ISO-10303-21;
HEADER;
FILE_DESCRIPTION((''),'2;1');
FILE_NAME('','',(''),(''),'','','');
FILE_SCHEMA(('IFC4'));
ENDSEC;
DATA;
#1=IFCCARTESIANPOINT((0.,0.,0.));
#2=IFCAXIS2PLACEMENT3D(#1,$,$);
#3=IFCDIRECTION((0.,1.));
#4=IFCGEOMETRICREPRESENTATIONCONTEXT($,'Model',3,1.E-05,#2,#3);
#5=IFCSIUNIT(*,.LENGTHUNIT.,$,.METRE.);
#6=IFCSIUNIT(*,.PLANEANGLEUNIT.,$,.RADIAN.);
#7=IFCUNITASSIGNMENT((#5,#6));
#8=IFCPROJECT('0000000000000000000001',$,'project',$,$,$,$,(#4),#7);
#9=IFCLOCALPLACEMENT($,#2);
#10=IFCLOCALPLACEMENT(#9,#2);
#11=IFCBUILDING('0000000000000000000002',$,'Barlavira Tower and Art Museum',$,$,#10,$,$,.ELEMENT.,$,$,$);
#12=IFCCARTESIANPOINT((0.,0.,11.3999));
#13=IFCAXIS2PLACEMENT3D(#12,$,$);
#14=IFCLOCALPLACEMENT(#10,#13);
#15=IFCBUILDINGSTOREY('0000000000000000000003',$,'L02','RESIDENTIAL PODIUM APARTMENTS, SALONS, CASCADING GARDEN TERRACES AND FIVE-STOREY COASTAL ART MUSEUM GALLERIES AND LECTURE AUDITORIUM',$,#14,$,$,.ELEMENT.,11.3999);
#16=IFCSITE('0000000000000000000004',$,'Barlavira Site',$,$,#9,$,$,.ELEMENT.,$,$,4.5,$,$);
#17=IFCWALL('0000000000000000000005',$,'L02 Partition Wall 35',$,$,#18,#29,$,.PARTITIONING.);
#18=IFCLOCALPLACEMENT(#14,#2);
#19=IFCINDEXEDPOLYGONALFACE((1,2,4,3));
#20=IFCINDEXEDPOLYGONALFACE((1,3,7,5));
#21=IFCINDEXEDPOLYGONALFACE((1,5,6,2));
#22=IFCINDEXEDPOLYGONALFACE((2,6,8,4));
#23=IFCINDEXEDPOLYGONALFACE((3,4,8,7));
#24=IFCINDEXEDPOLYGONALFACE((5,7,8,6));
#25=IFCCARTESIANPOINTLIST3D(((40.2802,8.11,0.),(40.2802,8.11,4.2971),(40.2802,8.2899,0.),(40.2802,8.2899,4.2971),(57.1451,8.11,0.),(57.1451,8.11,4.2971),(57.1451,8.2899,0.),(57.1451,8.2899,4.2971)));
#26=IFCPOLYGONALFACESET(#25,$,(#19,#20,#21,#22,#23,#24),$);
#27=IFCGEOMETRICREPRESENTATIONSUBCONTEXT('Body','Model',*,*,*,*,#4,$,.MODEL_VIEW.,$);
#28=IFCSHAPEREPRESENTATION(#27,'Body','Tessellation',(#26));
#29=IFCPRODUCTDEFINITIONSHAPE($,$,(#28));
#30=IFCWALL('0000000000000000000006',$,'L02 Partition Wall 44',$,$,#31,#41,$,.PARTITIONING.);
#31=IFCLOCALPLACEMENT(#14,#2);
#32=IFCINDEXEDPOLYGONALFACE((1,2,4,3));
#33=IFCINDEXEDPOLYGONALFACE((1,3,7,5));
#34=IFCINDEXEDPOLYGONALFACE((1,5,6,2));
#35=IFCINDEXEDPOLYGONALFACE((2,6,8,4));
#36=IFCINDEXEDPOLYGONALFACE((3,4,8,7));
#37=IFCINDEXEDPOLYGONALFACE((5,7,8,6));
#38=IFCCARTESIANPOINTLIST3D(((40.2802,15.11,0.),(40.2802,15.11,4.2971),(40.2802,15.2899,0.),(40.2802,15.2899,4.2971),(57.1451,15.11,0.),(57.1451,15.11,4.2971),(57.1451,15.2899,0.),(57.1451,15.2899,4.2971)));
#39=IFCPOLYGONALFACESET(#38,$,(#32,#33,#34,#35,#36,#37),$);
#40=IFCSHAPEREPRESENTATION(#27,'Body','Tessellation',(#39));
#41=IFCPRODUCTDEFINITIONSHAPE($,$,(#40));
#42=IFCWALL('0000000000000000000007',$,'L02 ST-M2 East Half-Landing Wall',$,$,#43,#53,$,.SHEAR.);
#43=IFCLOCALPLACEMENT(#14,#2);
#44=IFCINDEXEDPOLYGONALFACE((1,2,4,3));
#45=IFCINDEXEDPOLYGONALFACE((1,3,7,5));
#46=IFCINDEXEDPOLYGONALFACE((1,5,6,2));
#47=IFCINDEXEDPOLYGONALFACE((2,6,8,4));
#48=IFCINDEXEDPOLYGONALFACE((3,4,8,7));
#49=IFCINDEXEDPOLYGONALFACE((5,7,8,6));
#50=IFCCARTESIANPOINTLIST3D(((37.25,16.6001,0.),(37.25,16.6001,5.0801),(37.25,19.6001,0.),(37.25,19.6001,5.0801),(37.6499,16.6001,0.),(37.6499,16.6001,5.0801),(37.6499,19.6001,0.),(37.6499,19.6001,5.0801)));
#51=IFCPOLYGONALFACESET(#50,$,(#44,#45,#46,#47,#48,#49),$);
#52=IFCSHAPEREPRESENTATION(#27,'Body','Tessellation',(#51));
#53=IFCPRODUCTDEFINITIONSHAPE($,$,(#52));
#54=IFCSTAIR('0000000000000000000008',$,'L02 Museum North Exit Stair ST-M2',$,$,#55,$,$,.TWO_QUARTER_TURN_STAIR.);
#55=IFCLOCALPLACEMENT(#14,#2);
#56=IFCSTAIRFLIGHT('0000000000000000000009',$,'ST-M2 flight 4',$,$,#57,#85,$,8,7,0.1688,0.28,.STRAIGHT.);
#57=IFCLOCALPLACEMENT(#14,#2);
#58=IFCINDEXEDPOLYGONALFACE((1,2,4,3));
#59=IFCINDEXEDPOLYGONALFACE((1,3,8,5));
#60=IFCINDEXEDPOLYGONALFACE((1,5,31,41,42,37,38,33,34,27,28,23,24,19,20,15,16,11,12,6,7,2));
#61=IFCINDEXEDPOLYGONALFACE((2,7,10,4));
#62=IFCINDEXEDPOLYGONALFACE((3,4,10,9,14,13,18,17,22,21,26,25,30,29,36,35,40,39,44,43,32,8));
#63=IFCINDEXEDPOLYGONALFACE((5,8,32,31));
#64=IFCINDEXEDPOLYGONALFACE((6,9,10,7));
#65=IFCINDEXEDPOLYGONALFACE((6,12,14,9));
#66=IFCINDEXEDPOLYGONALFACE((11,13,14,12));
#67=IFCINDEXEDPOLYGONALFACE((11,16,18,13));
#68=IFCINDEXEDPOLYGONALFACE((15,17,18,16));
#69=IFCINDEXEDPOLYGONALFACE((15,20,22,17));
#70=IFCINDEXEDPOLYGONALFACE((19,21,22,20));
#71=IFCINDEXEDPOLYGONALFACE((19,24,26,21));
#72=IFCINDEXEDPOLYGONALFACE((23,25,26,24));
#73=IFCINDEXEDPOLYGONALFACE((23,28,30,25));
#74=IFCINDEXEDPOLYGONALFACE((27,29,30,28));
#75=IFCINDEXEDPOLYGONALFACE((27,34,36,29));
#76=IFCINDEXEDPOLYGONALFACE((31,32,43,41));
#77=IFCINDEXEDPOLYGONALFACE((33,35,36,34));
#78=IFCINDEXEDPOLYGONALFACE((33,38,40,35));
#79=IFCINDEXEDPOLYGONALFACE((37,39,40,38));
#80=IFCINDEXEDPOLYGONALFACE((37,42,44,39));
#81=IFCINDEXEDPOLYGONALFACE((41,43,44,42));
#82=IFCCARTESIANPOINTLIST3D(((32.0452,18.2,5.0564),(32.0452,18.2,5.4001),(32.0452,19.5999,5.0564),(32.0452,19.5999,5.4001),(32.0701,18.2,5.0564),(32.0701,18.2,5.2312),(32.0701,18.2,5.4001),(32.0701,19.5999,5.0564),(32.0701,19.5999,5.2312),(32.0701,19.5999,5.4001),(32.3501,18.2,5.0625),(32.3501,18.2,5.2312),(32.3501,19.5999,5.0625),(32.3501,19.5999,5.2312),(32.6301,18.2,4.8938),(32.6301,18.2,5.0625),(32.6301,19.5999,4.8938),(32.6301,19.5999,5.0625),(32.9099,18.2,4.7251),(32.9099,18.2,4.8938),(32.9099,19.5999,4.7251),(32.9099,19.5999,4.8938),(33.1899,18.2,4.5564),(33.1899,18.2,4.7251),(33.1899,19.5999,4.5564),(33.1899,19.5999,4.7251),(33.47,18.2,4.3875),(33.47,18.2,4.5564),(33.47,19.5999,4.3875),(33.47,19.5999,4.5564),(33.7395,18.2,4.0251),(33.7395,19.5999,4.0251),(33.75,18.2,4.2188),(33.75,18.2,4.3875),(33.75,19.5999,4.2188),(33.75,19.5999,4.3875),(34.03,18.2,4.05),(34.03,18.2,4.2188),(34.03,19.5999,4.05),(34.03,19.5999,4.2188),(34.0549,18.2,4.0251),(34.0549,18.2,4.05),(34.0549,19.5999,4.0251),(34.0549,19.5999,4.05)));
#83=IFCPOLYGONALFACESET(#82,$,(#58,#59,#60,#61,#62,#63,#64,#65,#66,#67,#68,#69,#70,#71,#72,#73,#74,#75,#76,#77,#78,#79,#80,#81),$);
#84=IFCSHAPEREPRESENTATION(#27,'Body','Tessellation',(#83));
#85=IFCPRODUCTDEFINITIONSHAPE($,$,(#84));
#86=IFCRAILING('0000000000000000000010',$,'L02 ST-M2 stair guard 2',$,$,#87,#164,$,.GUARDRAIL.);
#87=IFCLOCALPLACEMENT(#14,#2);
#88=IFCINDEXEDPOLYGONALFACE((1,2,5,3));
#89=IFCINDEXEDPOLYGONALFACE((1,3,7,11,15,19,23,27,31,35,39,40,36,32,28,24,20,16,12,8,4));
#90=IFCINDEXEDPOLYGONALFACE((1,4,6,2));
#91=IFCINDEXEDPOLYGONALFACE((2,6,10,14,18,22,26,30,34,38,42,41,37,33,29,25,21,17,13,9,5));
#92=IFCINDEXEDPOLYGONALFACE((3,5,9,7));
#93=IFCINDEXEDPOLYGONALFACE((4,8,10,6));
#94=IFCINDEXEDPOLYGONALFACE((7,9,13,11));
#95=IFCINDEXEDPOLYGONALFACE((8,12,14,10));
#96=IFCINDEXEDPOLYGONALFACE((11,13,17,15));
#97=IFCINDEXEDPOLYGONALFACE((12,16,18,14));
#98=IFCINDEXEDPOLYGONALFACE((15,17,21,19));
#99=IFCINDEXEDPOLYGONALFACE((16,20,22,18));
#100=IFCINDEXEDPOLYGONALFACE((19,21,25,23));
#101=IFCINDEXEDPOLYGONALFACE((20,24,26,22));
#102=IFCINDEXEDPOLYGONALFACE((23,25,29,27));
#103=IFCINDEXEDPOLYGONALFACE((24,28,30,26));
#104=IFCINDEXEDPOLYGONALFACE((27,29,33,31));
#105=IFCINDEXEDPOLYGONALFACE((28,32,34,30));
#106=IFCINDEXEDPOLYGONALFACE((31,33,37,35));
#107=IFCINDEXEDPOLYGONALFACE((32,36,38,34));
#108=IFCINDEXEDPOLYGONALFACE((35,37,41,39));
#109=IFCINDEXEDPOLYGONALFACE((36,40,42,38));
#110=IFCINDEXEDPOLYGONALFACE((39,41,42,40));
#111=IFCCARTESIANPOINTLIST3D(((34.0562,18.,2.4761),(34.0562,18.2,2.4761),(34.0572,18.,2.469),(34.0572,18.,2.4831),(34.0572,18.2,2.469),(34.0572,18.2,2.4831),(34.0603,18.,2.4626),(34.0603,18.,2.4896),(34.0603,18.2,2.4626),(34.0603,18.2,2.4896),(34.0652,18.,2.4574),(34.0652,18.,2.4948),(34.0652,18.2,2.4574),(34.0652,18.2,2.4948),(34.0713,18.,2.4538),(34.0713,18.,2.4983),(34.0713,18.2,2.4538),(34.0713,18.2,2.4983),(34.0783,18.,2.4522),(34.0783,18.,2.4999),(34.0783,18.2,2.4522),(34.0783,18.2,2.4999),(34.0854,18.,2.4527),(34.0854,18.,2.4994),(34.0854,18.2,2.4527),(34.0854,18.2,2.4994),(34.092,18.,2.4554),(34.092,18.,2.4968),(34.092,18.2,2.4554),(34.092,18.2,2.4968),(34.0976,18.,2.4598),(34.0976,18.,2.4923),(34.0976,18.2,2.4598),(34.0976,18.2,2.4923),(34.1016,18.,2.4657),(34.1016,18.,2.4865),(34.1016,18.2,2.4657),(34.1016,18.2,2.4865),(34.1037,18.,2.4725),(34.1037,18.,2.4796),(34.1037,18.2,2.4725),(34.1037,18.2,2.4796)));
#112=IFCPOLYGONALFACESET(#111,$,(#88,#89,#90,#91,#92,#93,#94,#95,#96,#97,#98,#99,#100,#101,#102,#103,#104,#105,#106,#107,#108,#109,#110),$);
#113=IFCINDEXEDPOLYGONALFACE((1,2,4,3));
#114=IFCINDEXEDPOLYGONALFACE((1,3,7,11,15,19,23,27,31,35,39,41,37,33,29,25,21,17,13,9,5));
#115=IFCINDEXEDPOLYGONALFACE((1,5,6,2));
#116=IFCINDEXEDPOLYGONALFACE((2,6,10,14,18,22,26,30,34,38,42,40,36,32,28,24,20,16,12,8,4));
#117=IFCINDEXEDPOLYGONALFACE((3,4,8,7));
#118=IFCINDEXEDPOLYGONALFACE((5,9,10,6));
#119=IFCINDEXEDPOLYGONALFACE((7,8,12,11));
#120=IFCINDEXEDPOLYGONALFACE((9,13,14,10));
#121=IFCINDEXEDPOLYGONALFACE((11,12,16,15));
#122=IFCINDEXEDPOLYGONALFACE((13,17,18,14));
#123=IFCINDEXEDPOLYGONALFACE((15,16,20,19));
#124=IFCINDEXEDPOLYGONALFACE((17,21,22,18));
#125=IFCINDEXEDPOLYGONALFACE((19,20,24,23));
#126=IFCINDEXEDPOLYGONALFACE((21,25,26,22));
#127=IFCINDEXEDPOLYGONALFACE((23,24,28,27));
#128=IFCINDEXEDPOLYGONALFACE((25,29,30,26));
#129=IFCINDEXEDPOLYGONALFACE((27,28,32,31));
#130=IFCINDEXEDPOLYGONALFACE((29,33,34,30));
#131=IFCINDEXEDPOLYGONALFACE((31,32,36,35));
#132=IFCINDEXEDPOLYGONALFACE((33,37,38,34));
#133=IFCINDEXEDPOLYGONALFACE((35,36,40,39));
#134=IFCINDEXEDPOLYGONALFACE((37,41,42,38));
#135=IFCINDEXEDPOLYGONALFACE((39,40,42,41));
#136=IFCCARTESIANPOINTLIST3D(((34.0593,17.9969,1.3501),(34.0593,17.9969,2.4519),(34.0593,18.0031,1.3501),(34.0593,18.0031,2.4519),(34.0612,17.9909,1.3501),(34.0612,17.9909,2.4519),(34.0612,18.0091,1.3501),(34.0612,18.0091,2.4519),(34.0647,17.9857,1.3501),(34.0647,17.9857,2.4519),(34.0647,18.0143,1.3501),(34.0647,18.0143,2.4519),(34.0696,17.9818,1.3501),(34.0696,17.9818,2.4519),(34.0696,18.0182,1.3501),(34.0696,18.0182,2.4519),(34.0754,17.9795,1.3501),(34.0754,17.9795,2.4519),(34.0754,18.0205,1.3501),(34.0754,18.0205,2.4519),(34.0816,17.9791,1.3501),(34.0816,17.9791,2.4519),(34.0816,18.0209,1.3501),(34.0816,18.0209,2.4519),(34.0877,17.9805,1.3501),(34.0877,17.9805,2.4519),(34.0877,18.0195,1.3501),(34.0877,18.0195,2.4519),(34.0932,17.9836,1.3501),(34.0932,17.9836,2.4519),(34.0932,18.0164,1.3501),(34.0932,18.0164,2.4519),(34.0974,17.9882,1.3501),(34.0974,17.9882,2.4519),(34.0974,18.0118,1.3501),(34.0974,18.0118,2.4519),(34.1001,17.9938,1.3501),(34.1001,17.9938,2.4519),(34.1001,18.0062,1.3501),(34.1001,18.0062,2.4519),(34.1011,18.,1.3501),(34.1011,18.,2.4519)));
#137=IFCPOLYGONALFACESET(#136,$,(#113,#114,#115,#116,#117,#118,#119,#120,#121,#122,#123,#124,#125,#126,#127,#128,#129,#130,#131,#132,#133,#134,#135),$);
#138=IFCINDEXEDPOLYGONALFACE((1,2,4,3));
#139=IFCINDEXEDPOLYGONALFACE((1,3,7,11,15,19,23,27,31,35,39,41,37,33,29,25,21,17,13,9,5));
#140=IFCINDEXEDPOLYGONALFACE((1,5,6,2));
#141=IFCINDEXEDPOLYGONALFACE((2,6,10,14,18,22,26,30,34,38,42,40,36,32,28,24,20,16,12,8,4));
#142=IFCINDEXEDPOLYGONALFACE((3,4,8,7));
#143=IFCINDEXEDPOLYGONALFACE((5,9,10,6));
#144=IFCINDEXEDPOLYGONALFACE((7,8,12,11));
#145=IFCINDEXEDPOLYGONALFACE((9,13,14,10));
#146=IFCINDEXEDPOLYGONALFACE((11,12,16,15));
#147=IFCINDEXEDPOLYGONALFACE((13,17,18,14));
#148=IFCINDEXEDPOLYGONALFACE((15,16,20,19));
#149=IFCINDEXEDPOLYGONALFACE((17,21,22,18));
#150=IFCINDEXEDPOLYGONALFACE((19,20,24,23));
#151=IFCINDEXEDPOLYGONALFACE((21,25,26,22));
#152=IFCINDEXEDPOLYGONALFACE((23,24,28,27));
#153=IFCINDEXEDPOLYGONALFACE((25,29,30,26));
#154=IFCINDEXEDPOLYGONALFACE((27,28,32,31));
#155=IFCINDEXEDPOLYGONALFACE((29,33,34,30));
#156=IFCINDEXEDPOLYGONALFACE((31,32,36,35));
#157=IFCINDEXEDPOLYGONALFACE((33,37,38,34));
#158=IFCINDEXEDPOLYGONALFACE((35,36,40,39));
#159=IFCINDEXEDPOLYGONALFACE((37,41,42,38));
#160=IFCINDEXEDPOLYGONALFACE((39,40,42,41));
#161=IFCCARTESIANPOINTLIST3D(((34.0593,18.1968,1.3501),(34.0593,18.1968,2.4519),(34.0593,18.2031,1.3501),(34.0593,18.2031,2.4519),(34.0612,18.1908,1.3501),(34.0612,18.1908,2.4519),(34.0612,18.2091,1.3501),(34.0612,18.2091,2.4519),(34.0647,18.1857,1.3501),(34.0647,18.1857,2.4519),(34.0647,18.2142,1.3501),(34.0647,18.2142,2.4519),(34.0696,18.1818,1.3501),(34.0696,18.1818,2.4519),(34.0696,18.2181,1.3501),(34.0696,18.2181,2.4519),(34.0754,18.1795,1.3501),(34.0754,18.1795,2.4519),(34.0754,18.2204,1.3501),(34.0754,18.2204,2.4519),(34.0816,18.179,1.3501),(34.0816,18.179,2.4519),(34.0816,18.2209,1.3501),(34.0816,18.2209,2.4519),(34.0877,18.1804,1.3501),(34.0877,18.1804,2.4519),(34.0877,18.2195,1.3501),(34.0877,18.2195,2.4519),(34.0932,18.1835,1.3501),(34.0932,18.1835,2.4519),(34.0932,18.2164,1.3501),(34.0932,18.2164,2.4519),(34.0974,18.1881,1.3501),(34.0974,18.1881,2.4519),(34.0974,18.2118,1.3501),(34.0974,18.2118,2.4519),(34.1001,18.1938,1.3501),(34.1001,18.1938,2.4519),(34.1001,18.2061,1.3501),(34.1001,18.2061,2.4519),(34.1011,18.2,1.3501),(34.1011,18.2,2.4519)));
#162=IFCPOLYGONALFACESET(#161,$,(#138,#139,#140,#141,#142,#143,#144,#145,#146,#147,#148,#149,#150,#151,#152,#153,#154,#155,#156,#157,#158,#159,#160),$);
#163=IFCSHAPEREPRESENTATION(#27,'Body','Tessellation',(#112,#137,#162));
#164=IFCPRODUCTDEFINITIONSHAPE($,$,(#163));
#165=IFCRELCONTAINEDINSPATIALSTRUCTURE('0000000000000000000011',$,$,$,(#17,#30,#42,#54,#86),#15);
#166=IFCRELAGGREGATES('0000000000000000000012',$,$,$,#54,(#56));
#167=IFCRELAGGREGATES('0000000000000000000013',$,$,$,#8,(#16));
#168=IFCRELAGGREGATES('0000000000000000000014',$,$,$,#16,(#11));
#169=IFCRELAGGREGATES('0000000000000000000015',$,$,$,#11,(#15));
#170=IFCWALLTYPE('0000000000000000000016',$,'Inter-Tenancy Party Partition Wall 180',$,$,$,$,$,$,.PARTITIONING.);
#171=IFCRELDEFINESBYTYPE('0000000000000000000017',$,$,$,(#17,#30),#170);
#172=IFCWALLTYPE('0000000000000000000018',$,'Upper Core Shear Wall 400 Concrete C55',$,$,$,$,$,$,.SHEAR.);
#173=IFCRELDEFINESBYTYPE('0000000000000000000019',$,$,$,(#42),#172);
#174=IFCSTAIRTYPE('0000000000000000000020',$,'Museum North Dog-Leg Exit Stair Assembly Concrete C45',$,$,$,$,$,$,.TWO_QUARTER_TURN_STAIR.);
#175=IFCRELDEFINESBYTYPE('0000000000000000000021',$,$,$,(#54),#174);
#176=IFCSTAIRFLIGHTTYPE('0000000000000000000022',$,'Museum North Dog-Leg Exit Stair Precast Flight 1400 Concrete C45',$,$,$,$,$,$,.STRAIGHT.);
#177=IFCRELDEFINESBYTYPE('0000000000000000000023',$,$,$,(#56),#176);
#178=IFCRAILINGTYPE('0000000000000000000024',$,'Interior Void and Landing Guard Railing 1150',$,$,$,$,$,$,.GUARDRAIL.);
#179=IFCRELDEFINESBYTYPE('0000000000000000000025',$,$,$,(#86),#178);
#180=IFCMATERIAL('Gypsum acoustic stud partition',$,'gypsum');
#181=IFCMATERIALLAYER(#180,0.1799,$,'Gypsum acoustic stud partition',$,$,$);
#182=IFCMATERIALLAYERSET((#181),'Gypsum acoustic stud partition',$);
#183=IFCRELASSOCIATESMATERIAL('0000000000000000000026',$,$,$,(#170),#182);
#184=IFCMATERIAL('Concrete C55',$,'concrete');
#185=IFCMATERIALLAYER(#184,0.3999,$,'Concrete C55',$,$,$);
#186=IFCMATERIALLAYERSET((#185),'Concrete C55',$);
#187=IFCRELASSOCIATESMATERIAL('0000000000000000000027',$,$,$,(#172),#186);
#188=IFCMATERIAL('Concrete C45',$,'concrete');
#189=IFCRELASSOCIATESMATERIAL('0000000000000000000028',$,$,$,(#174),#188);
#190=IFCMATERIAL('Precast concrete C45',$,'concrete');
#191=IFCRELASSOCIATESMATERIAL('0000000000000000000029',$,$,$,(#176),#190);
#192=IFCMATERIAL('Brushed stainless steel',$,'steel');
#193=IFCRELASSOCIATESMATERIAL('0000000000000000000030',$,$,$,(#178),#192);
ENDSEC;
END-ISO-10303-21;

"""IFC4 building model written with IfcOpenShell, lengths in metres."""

from ifc_helpers import new_model, si_unit, direction, frame, frame_2d, origin, origin_2d, place, context, subcontext, project, spatial, polyline, rectangle, circle, outline, extrude, material, layer, layer_set, type_object, element, aggregate, save


model = new_model("IFC4")

# Units and contexts
model_context = context("Model", 3, precision=1e-05, world=origin(), true_north=direction((0.0, 1.0)))
body_context = subcontext(model_context, "Body", "Model", "MODEL_VIEW")
ifc_project = project(units=[si_unit("LENGTHUNIT", "METRE"), si_unit("PLANEANGLEUNIT", "RADIAN")], contexts=[model_context])

# Site, building, storey
site_placement = place(None, origin())
site = spatial("IfcSite", under=ifc_project, at=site_placement, Name="Barlavira Site", CompositionType="ELEMENT", RefElevation=4.5)
building_placement = place(site_placement, origin())
building = spatial("IfcBuilding", under=site, at=building_placement, Name="Barlavira Tower and Art Museum", CompositionType="ELEMENT")
storey_placement = place(building_placement, frame((0.0, 0.0, 11.3999)))
storey = spatial("IfcBuildingStorey", under=building, at=storey_placement, Name="L02", Description="RESIDENTIAL PODIUM APARTMENTS, SALONS, CASCADING GARDEN TERRACES AND FIVE-STOREY COASTAL ART MUSEUM GALLERIES AND LECTURE AUDITORIUM", CompositionType="ELEMENT", Elevation=11.3999)

# Shared definitions
ifc_material_1 = material(Name="Gypsum acoustic stud partition", Category="gypsum")
ifc_layer_1 = layer(ifc_material_1, 0.1799, Name="Gypsum acoustic stud partition")
ifc_layer_set_1 = layer_set([ifc_layer_1], Name="Gypsum acoustic stud partition")
wall_type_1 = type_object("IfcWallType", Name="Inter-Tenancy Party Partition Wall 180", PredefinedType="PARTITIONING", material=ifc_layer_set_1)
ifc_material_2 = material(Name="Brushed stainless steel", Category="steel")

# Walls
for number, where, z_axis, x_axis, name in (
    (1, (40.28, 8.2, 0.0), (0.0, 0.0, 1.0), (1.0, 0.0, 0.0), "L02 Partition Wall 35"),
    (2, (40.28, 15.2, 0.0), (0.0, 0.0, 1.0), (1.0, 0.0, 0.0), "L02 Partition Wall 44"),
):
    element("IfcWall", number, at=place(storey_placement, frame(where, z_axis=z_axis, x_axis=x_axis)), inside=storey, type_object=wall_type_1, Name=name, PredefinedType="PARTITIONING", context=body_context, shape_type="SweptSolid", body=[
        extrude(rectangle(XDim=16.865, YDim=0.1799, at=frame_2d((8.4326, 0.0))), origin(), (0.0, 0.0, 1.0), 4.2971),
    ])
ifc_material_3 = material(Name="Concrete C55", Category="concrete")
ifc_layer_2 = layer(ifc_material_3, 0.3999, Name="Concrete C55")
ifc_layer_set_2 = layer_set([ifc_layer_2], Name="Concrete C55")
wall_type_2 = type_object("IfcWallType", Name="Upper Core Shear Wall 400 Concrete C55", PredefinedType="SHEAR", material=ifc_layer_set_2)
wall_1_placement = place(storey_placement, frame((37.45, 16.6001, 0.0), z_axis=(0.0, 0.0, 1.0), x_axis=(0.0, 1.0, 0.0)))
element("IfcWall", 3, at=wall_1_placement, inside=storey, type_object=wall_type_2, Name="L02 ST-M2 East Half-Landing Wall", PredefinedType="SHEAR", context=body_context, shape_type="SweptSolid", body=[
    extrude(rectangle(XDim=3.0, YDim=0.3999, at=frame_2d((1.5, 0.0))), origin(), (0.0, 0.0, 1.0), 5.0801),
])

# Stair, stair flight
ifc_material_4 = material(Name="Concrete C45", Category="concrete")
stair_type = type_object("IfcStairType", Name="Museum North Dog-Leg Exit Stair Assembly Concrete C45", PredefinedType="TWO_QUARTER_TURN_STAIR", material=ifc_material_4)
stair_placement = place(storey_placement, origin())
stair = element("IfcStair", 4, at=stair_placement, inside=storey, type_object=stair_type, Name="L02 Museum North Exit Stair ST-M2", PredefinedType="TWO_QUARTER_TURN_STAIR")
ifc_material_5 = material(Name="Precast concrete C45", Category="concrete")
stair_flight_type = type_object("IfcStairFlightType", Name="Museum North Dog-Leg Exit Stair Precast Flight 1400 Concrete C45", PredefinedType="STRAIGHT", material=ifc_material_5)
stair_flight_placement = place(storey_placement, frame((34.03, 18.8999, 4.05), z_axis=(0.0, 0.0, 1.0), x_axis=(-1.0, 0.0, 0.0)))
stair_flight = element("IfcStairFlight", 5, at=stair_flight_placement, type_object=stair_flight_type, Name="ST-M2 flight 4", NumberOfRisers=8, NumberOfTreads=7, PredefinedType="STRAIGHT", RiserHeight=0.1688, TreadLength=0.28, context=body_context, shape_type="SweptSolid", body=[
    extrude(outline(polyline([(-0.0249, 0.0), (0.0, 0.0), (0.0, 0.1687), (0.28, 0.1687), (0.28, 0.3374), (0.5601, 0.3374), (0.5601, 0.5063), (0.8401, 0.5063), (0.8401, 0.675), (1.1201, 0.675), (1.1201, 0.8438), (1.3999, 0.8438), (1.3999, 1.0125), (1.6799, 1.0125), (1.6799, 1.1812), (1.96, 1.1812), (1.96, 1.3501), (1.9849, 1.3501), (1.9849, 1.0063), (1.96, 1.0063), (0.2905, -0.0249), (-0.0249, -0.0249), (-0.0249, 0.0)])), frame((0.0, 0.7, 0.0), z_axis=(0.0, -1.0, 0.0), x_axis=(1.0, 0.0, 0.0)), (0.0, 0.0, 1.0), 1.3999),
])
aggregate(stair, [stair_flight])

# Railing
railing_type_1 = type_object("IfcRailingType", Name="Interior Void and Landing Guard Railing 1150", PredefinedType="GUARDRAIL", material=ifc_material_2)
for number, where, name in (
    (6, (34.0801, 18.0, 1.3501), "L02 ST-M2 stair guard 2"),
):
    element("IfcRailing", number, at=place(storey_placement, frame(where)), inside=storey, type_object=railing_type_1, Name=name, PredefinedType="GUARDRAIL", context=body_context, shape_type="SweptSolid", body=[
        extrude(circle(Radius=0.0239, at=origin_2d()), frame((0.0, 0.0, 1.126), z_axis=(0.0, 1.0, 0.0), x_axis=(-1.0, 0.0, 0.0)), (0.0, 0.0, 1.0), 0.2),
        extrude(circle(Radius=0.021, at=origin_2d()), origin(), (0.0, 0.0, 1.0), 1.1018),
        extrude(circle(Radius=0.021, at=origin_2d()), frame((0.0, 0.2, 0.0)), (0.0, 0.0, 1.0), 1.1018),
    ])

save(model, "model.ifc")
